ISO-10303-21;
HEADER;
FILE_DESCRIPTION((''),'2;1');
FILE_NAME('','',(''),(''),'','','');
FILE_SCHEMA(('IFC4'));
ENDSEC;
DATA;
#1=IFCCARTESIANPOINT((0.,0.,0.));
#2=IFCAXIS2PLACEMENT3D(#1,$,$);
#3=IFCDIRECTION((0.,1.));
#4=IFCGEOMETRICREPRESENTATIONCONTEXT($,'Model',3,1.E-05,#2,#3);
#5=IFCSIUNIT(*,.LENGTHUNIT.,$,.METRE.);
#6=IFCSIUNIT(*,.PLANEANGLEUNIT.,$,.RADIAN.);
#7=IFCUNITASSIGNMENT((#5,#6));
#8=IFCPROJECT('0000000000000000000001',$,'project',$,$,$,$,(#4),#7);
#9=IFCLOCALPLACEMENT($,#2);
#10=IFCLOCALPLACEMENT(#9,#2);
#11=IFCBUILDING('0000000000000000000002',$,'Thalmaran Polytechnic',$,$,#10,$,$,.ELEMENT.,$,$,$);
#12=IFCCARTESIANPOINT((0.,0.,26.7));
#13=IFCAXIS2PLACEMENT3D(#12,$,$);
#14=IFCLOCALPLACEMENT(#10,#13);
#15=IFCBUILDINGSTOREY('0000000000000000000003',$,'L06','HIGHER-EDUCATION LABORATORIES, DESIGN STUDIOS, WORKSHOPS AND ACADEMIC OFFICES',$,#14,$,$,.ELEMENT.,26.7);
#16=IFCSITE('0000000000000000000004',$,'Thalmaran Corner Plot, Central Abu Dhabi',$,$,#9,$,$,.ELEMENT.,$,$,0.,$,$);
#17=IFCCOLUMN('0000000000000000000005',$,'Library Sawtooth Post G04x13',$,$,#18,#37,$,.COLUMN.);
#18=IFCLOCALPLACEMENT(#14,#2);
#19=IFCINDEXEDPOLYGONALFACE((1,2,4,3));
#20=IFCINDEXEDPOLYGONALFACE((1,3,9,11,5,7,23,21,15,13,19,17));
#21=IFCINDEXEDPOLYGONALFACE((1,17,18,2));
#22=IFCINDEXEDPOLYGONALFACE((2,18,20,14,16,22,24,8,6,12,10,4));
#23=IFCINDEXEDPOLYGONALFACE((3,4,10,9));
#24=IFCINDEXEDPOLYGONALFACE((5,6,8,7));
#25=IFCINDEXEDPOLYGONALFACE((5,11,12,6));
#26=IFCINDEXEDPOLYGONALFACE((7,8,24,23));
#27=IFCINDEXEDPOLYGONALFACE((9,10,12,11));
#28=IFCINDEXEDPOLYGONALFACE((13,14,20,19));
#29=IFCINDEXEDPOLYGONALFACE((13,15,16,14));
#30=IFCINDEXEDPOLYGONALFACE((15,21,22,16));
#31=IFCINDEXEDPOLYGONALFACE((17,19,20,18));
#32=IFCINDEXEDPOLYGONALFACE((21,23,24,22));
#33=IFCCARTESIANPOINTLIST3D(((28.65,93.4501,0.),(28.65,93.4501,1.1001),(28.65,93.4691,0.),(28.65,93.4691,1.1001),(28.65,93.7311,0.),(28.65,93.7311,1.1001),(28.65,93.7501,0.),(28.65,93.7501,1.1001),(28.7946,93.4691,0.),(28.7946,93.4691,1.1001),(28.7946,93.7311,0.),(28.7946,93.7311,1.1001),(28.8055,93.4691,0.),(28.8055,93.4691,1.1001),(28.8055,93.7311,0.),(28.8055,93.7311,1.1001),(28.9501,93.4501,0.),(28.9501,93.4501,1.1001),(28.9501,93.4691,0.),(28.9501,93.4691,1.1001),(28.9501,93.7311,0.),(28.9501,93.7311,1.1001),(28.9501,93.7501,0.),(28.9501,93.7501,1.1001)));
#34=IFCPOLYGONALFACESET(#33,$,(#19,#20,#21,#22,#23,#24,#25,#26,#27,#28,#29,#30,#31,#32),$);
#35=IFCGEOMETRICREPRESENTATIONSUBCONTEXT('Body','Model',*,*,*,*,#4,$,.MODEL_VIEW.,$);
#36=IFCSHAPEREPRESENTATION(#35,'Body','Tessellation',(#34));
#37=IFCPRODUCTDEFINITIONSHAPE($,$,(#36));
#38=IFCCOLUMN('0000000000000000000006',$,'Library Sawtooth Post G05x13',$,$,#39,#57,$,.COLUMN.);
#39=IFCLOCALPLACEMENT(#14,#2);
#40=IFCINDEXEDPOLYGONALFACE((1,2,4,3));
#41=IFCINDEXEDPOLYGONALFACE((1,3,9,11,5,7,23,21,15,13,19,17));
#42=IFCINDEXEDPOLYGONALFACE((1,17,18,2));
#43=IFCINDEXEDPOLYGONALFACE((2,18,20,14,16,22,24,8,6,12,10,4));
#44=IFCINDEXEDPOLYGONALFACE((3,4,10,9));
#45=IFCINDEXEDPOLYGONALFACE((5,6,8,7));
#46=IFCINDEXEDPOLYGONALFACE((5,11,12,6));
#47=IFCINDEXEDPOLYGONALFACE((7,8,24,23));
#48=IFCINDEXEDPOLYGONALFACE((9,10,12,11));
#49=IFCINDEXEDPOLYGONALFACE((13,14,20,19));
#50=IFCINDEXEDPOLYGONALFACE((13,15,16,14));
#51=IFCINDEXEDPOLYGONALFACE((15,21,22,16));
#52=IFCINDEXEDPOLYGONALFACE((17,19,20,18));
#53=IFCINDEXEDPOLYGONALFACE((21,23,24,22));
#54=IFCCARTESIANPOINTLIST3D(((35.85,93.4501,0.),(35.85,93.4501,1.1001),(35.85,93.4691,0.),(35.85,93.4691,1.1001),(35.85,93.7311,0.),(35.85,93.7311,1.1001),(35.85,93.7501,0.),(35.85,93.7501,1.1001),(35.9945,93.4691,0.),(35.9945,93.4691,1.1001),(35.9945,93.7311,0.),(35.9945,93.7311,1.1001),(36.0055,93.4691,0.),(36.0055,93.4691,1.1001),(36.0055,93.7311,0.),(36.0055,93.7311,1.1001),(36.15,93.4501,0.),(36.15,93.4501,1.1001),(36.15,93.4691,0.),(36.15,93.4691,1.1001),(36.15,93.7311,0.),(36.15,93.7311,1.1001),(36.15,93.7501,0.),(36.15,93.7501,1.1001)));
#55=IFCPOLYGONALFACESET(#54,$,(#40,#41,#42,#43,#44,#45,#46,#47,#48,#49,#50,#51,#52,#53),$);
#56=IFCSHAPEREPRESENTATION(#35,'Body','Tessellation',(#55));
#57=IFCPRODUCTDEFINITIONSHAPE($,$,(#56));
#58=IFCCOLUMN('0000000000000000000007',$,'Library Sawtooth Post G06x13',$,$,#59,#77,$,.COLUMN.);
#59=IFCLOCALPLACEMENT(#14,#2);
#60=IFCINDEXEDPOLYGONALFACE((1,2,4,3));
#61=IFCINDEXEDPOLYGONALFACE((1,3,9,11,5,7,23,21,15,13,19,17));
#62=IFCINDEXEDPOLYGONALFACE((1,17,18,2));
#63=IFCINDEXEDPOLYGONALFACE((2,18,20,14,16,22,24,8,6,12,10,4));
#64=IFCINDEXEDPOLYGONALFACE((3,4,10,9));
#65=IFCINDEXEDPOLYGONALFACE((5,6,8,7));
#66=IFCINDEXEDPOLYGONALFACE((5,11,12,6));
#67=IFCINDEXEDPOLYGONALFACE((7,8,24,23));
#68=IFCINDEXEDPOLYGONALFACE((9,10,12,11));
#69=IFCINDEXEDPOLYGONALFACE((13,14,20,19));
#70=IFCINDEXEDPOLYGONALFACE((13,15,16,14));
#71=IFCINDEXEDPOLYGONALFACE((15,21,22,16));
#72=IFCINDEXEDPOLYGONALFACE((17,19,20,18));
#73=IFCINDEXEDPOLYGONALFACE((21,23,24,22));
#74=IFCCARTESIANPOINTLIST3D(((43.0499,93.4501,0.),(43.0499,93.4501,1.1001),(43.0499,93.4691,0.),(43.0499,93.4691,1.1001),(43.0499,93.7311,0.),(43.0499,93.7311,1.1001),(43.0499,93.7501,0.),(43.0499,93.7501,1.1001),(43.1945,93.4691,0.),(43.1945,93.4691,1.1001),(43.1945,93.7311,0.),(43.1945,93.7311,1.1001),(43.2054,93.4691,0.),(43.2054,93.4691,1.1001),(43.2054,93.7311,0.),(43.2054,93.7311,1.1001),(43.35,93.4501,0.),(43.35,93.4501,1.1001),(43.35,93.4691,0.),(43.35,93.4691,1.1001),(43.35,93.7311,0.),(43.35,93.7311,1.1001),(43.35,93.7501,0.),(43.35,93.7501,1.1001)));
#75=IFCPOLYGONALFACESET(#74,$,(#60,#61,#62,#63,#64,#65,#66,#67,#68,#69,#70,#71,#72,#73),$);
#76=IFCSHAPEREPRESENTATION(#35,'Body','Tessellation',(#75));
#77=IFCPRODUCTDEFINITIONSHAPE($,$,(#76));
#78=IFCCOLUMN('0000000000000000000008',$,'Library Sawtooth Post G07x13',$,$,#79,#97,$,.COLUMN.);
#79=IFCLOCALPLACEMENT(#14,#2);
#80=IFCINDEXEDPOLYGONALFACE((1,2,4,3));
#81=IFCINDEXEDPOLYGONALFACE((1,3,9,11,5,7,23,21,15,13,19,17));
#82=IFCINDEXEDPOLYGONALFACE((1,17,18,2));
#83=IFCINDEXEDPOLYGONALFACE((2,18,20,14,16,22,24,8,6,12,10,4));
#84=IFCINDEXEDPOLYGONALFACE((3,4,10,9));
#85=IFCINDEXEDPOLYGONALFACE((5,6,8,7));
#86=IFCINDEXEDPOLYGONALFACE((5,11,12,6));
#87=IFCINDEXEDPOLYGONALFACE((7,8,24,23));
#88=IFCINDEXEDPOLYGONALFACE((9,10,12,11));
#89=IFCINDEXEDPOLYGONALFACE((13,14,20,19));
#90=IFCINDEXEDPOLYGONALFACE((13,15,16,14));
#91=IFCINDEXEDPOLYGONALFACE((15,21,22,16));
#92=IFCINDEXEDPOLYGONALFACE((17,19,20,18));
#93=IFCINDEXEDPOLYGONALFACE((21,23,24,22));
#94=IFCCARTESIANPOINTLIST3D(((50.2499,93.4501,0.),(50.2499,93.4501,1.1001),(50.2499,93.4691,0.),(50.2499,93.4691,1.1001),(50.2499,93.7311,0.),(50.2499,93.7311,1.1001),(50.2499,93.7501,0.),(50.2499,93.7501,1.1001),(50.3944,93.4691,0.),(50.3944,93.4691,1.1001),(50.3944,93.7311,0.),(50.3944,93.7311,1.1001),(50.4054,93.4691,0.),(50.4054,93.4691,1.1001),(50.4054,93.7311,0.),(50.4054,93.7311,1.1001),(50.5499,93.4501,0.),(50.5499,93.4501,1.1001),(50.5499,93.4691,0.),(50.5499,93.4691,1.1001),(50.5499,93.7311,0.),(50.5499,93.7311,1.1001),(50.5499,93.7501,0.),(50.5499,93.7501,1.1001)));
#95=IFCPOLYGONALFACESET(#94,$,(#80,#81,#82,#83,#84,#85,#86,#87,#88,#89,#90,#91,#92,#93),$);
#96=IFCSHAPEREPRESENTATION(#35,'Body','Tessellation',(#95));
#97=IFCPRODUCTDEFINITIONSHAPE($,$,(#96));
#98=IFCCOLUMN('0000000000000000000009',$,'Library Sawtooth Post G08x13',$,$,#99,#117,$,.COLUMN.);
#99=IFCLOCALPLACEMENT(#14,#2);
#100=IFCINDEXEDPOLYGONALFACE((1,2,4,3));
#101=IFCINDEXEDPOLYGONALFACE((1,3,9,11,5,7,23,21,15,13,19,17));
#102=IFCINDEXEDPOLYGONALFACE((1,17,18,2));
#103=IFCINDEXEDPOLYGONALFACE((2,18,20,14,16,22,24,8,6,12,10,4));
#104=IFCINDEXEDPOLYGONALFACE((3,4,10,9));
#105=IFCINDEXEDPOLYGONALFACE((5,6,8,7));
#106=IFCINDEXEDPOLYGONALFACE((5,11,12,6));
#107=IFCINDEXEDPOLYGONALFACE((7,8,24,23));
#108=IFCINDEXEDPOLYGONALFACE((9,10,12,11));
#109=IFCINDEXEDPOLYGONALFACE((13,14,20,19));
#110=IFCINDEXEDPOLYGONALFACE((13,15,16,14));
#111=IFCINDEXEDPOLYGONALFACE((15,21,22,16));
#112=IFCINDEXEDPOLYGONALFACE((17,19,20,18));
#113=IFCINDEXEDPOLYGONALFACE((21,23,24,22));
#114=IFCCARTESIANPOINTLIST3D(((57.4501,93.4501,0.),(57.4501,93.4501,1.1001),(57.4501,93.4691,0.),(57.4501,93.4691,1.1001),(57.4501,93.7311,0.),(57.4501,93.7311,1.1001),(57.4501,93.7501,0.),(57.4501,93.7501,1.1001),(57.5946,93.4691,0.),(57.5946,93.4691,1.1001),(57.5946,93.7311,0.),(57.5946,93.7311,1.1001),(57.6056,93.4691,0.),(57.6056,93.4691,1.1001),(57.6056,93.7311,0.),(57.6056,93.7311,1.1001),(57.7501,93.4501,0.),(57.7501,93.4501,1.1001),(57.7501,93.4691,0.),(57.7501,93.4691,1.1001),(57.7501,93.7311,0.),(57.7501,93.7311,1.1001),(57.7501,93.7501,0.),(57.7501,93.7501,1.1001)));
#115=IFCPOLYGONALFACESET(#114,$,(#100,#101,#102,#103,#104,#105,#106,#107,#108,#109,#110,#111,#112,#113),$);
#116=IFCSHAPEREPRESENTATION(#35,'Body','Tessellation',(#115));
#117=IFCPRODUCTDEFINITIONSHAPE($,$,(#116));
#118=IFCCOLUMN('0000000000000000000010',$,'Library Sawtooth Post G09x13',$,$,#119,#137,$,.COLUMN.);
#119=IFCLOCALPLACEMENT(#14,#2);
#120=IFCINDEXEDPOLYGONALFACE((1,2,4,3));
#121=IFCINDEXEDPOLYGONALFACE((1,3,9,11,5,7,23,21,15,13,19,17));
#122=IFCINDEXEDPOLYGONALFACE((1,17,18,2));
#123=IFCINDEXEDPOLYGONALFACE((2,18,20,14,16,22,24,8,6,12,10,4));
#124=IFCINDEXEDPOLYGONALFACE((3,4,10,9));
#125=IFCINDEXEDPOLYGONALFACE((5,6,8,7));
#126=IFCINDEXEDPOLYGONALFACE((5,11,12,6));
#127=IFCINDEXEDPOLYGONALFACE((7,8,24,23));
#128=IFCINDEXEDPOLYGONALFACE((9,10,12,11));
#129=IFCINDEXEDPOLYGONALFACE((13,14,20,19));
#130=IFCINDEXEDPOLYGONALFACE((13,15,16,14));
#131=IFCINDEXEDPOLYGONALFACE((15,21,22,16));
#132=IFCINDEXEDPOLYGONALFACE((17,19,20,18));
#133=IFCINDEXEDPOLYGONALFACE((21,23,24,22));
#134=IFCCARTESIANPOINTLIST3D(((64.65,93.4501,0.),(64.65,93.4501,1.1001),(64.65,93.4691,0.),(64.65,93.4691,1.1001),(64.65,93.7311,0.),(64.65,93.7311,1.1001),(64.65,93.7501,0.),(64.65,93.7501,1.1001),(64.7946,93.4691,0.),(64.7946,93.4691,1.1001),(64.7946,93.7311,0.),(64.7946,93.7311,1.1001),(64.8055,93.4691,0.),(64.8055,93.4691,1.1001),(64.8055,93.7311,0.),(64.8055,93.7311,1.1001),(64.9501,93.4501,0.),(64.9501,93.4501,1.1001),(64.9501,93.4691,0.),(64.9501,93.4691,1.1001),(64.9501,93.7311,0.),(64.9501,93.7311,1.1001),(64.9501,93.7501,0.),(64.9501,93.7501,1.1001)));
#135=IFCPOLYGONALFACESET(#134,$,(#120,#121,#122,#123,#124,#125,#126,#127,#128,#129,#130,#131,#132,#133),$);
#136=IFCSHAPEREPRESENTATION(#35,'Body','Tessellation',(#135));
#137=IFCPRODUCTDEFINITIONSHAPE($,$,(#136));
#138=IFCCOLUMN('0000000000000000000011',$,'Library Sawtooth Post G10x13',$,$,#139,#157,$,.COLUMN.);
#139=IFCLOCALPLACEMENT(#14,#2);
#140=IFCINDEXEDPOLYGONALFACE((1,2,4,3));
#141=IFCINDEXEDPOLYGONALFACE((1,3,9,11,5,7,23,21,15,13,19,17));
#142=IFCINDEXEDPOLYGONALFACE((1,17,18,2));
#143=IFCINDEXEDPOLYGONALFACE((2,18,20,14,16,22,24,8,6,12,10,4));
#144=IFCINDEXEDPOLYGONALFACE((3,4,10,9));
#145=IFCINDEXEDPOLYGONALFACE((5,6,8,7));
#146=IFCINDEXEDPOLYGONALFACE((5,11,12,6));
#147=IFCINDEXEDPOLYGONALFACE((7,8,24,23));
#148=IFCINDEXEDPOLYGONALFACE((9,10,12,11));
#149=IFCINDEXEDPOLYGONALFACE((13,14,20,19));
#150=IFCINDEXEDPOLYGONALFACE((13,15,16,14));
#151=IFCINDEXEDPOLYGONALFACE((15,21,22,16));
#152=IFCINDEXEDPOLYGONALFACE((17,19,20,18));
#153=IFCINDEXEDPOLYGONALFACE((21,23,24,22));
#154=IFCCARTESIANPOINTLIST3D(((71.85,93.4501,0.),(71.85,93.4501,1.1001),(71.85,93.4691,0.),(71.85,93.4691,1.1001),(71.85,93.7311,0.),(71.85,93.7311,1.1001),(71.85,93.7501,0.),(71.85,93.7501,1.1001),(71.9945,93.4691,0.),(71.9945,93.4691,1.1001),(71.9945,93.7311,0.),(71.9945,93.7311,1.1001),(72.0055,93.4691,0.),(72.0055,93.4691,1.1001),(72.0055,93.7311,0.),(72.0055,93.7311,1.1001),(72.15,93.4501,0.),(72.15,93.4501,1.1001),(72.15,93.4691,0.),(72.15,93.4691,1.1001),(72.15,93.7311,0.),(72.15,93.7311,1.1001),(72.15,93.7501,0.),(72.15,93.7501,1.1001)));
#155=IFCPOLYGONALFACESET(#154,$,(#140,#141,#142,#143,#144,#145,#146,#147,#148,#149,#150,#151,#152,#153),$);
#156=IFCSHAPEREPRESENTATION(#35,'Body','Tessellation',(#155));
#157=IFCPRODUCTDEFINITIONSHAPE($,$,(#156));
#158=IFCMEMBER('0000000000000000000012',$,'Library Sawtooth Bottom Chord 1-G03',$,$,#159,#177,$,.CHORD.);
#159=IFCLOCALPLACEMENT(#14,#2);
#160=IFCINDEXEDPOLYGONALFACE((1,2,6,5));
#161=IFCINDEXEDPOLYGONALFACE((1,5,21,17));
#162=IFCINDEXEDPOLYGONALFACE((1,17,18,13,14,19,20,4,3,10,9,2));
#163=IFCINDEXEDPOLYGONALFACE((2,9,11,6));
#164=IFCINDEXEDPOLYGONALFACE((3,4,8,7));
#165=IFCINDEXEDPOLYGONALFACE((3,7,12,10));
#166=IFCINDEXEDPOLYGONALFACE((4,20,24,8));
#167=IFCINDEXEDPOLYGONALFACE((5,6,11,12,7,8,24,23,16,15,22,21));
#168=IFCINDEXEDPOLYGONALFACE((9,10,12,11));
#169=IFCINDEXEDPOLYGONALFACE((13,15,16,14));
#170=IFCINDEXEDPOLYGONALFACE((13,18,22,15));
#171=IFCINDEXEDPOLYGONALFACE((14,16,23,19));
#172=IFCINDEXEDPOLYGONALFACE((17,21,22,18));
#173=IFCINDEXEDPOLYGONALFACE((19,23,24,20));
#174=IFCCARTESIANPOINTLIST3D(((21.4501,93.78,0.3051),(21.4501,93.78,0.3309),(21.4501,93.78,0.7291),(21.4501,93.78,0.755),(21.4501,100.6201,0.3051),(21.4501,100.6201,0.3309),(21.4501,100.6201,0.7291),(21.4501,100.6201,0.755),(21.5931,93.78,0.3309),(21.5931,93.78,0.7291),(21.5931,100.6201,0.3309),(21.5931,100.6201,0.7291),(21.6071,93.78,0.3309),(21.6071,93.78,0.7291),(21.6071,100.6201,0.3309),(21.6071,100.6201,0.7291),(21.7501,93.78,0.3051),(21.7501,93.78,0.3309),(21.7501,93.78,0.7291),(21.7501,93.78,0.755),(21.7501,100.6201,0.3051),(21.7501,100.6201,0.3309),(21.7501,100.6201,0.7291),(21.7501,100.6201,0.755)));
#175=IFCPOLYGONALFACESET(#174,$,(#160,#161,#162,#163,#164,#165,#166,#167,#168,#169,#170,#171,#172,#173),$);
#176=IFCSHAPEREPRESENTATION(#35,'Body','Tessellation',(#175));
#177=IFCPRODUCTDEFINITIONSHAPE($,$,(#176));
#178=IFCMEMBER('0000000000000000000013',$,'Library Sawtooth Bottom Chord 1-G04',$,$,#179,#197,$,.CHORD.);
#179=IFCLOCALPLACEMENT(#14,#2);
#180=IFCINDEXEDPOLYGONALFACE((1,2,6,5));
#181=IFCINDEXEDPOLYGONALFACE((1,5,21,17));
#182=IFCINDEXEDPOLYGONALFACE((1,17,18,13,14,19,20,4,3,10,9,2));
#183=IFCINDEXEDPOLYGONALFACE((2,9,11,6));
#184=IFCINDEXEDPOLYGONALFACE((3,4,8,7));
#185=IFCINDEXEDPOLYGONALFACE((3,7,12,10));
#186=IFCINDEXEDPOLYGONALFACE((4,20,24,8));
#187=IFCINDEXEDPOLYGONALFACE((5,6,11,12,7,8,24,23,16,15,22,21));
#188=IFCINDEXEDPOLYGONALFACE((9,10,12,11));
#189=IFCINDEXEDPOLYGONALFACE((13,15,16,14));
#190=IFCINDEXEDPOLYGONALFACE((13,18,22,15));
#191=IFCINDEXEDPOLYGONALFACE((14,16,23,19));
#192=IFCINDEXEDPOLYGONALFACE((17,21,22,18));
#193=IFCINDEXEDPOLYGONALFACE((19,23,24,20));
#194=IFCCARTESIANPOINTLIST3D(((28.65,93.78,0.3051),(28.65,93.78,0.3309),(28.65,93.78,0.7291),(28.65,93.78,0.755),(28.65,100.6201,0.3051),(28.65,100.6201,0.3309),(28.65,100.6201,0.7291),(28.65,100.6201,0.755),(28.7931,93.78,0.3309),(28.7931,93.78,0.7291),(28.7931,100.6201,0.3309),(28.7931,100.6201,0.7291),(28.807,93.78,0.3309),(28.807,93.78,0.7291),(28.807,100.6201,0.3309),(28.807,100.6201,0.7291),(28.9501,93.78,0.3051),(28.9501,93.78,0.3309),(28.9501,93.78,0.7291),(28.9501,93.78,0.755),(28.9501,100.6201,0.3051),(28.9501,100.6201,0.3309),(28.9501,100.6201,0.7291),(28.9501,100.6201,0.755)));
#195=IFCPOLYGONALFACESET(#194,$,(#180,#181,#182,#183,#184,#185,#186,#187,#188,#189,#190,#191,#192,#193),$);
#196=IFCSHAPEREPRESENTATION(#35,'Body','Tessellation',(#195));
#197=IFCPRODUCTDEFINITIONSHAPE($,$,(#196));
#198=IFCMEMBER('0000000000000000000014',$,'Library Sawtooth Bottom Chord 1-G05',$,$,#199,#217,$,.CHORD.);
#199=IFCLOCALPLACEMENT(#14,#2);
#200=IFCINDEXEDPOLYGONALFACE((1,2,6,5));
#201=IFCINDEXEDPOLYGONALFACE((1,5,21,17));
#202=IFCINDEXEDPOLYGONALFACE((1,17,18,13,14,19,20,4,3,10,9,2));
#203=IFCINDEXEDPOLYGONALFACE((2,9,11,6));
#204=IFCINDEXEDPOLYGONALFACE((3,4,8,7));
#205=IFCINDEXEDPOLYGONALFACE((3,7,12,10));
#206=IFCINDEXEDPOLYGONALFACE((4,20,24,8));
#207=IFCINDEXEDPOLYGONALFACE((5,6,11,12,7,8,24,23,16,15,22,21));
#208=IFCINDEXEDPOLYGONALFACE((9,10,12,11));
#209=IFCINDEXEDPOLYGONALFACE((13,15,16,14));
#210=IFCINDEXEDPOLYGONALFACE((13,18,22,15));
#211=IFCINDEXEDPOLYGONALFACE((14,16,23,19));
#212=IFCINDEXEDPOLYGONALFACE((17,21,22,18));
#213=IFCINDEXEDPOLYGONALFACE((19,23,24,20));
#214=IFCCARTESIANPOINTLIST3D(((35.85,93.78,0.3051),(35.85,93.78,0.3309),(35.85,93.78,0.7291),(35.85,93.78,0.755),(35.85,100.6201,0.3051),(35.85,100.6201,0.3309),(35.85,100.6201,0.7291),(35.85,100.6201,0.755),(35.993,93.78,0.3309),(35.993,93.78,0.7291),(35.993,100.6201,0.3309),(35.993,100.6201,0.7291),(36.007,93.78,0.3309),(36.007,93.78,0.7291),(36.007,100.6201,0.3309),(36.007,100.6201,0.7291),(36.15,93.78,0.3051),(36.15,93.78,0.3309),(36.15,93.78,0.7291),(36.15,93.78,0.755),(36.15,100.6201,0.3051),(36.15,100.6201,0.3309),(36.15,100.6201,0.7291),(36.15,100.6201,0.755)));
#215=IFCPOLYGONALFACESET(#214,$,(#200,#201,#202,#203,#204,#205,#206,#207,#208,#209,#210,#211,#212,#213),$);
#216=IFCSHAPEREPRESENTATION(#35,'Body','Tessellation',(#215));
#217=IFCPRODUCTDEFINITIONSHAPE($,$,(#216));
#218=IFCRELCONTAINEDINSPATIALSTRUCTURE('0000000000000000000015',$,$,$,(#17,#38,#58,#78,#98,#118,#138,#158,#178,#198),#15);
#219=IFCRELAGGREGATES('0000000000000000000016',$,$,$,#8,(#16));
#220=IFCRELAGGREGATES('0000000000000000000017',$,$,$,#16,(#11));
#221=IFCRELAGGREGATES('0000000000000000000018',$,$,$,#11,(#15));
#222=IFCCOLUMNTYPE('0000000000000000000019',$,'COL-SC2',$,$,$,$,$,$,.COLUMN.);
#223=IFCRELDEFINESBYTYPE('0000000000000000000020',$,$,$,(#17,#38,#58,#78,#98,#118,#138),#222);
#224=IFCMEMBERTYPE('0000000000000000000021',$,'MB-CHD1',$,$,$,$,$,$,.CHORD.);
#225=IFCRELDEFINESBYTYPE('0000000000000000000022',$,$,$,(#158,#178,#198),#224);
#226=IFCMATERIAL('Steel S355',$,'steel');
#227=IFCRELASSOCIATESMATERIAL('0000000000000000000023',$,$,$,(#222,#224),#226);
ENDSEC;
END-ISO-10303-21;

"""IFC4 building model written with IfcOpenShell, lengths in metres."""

from ifc_helpers import new_model, si_unit, direction, frame, origin, origin_2d, place, context, subcontext, project, spatial, i_section, extrude, material, material_profile, profile_set, type_object, element, save


model = new_model("IFC4")

# Units and contexts
model_context = context("Model", 3, precision=1e-05, world=origin(), true_north=direction((0.0, 1.0)))
body_context = subcontext(model_context, "Body", "Model", "MODEL_VIEW")
ifc_project = project(units=[si_unit("LENGTHUNIT", "METRE"), si_unit("PLANEANGLEUNIT", "RADIAN")], contexts=[model_context])

# Site, building, storey
site_placement = place(None, origin())
site = spatial("IfcSite", under=ifc_project, at=site_placement, Name="Thalmaran Corner Plot, Central Abu Dhabi", CompositionType="ELEMENT", RefElevation=0.0)
building_placement = place(site_placement, origin())
building = spatial("IfcBuilding", under=site, at=building_placement, Name="Thalmaran Polytechnic", CompositionType="ELEMENT")
storey_placement = place(building_placement, frame((0.0, 0.0, 26.7)))
storey = spatial("IfcBuildingStorey", under=building, at=storey_placement, Name="L06", Description="HIGHER-EDUCATION LABORATORIES, DESIGN STUDIOS, WORKSHOPS AND ACADEMIC OFFICES", CompositionType="ELEMENT", Elevation=26.7)

# Columns
ifc_material_1 = material(Name="Steel S355", Category="steel")
ifc_material_profile_1 = material_profile(ifc_material_1, i_section(OverallWidth=0.3, OverallDepth=0.3, WebThickness=0.011, FlangeThickness=0.019, at=origin_2d()), Name="HEB 300")
ifc_profile_set_1 = profile_set([ifc_material_profile_1], Name="Steel S355")
column_type = type_object("IfcColumnType", Name="COL-SC2", PredefinedType="COLUMN", material=ifc_profile_set_1)
for number, where, z_axis, x_axis, name in (
    (1, (28.8, 93.6001, 0.0), (0.0, 0.0, 1.0), (1.0, 0.0, 0.0), "Library Sawtooth Post G04x13"),
    (2, (36.0, 93.6001, 0.0), (0.0, 0.0, 1.0), (1.0, 0.0, 0.0), "Library Sawtooth Post G05x13"),
    (3, (43.2, 93.6001, 0.0), (0.0, 0.0, 1.0), (1.0, 0.0, 0.0), "Library Sawtooth Post G06x13"),
    (4, (50.3999, 93.6001, 0.0), (0.0, 0.0, 1.0), (1.0, 0.0, 0.0), "Library Sawtooth Post G07x13"),
    (5, (57.6001, 93.6001, 0.0), (0.0, 0.0, 1.0), (1.0, 0.0, 0.0), "Library Sawtooth Post G08x13"),
    (6, (64.8, 93.6001, 0.0), (0.0, 0.0, 1.0), (1.0, 0.0, 0.0), "Library Sawtooth Post G09x13"),
    (7, (72.0, 93.6001, 0.0), (0.0, 0.0, 1.0), (1.0, 0.0, 0.0), "Library Sawtooth Post G10x13"),
):
    element("IfcColumn", number, at=place(storey_placement, frame(where, z_axis=z_axis, x_axis=x_axis)), inside=storey, type_object=column_type, Name=name, PredefinedType="COLUMN", context=body_context, shape_type="SweptSolid", body=[
        extrude(i_section(OverallWidth=0.3, OverallDepth=0.3, WebThickness=0.011, FlangeThickness=0.019, at=origin_2d()), origin(), (0.0, 0.0, 1.0), 1.1001),
    ])

# Members
ifc_material_profile_2 = material_profile(ifc_material_1, i_section(OverallWidth=0.3, OverallDepth=0.45, WebThickness=0.0139, FlangeThickness=0.0259, at=origin_2d()), Name="HEB 450")
ifc_profile_set_2 = profile_set([ifc_material_profile_2], Name="Steel S355")
member_type_1 = type_object("IfcMemberType", Name="MB-CHD1", PredefinedType="CHORD", material=ifc_profile_set_2)
for number, where, z_axis, x_axis, name in (
    (8, (21.6001, 93.78, 0.53), (0.0, 1.0, 0.0), (-1.0, 0.0, 0.0), "Library Sawtooth Bottom Chord 1-G03"),
    (9, (28.8, 93.78, 0.53), (0.0, 1.0, 0.0), (-1.0, 0.0, 0.0), "Library Sawtooth Bottom Chord 1-G04"),
    (10, (36.0, 93.78, 0.53), (0.0, 1.0, 0.0), (-1.0, 0.0, 0.0), "Library Sawtooth Bottom Chord 1-G05"),
):
    element("IfcMember", number, at=place(storey_placement, frame(where, z_axis=z_axis, x_axis=x_axis)), inside=storey, type_object=member_type_1, Name=name, PredefinedType="CHORD", context=body_context, shape_type="SweptSolid", body=[
        extrude(i_section(OverallWidth=0.3, OverallDepth=0.45, WebThickness=0.0139, FlangeThickness=0.0259, at=origin_2d()), origin(), (0.0, 0.0, 1.0), 6.8401),
    ])

save(model, "model.ifc")
